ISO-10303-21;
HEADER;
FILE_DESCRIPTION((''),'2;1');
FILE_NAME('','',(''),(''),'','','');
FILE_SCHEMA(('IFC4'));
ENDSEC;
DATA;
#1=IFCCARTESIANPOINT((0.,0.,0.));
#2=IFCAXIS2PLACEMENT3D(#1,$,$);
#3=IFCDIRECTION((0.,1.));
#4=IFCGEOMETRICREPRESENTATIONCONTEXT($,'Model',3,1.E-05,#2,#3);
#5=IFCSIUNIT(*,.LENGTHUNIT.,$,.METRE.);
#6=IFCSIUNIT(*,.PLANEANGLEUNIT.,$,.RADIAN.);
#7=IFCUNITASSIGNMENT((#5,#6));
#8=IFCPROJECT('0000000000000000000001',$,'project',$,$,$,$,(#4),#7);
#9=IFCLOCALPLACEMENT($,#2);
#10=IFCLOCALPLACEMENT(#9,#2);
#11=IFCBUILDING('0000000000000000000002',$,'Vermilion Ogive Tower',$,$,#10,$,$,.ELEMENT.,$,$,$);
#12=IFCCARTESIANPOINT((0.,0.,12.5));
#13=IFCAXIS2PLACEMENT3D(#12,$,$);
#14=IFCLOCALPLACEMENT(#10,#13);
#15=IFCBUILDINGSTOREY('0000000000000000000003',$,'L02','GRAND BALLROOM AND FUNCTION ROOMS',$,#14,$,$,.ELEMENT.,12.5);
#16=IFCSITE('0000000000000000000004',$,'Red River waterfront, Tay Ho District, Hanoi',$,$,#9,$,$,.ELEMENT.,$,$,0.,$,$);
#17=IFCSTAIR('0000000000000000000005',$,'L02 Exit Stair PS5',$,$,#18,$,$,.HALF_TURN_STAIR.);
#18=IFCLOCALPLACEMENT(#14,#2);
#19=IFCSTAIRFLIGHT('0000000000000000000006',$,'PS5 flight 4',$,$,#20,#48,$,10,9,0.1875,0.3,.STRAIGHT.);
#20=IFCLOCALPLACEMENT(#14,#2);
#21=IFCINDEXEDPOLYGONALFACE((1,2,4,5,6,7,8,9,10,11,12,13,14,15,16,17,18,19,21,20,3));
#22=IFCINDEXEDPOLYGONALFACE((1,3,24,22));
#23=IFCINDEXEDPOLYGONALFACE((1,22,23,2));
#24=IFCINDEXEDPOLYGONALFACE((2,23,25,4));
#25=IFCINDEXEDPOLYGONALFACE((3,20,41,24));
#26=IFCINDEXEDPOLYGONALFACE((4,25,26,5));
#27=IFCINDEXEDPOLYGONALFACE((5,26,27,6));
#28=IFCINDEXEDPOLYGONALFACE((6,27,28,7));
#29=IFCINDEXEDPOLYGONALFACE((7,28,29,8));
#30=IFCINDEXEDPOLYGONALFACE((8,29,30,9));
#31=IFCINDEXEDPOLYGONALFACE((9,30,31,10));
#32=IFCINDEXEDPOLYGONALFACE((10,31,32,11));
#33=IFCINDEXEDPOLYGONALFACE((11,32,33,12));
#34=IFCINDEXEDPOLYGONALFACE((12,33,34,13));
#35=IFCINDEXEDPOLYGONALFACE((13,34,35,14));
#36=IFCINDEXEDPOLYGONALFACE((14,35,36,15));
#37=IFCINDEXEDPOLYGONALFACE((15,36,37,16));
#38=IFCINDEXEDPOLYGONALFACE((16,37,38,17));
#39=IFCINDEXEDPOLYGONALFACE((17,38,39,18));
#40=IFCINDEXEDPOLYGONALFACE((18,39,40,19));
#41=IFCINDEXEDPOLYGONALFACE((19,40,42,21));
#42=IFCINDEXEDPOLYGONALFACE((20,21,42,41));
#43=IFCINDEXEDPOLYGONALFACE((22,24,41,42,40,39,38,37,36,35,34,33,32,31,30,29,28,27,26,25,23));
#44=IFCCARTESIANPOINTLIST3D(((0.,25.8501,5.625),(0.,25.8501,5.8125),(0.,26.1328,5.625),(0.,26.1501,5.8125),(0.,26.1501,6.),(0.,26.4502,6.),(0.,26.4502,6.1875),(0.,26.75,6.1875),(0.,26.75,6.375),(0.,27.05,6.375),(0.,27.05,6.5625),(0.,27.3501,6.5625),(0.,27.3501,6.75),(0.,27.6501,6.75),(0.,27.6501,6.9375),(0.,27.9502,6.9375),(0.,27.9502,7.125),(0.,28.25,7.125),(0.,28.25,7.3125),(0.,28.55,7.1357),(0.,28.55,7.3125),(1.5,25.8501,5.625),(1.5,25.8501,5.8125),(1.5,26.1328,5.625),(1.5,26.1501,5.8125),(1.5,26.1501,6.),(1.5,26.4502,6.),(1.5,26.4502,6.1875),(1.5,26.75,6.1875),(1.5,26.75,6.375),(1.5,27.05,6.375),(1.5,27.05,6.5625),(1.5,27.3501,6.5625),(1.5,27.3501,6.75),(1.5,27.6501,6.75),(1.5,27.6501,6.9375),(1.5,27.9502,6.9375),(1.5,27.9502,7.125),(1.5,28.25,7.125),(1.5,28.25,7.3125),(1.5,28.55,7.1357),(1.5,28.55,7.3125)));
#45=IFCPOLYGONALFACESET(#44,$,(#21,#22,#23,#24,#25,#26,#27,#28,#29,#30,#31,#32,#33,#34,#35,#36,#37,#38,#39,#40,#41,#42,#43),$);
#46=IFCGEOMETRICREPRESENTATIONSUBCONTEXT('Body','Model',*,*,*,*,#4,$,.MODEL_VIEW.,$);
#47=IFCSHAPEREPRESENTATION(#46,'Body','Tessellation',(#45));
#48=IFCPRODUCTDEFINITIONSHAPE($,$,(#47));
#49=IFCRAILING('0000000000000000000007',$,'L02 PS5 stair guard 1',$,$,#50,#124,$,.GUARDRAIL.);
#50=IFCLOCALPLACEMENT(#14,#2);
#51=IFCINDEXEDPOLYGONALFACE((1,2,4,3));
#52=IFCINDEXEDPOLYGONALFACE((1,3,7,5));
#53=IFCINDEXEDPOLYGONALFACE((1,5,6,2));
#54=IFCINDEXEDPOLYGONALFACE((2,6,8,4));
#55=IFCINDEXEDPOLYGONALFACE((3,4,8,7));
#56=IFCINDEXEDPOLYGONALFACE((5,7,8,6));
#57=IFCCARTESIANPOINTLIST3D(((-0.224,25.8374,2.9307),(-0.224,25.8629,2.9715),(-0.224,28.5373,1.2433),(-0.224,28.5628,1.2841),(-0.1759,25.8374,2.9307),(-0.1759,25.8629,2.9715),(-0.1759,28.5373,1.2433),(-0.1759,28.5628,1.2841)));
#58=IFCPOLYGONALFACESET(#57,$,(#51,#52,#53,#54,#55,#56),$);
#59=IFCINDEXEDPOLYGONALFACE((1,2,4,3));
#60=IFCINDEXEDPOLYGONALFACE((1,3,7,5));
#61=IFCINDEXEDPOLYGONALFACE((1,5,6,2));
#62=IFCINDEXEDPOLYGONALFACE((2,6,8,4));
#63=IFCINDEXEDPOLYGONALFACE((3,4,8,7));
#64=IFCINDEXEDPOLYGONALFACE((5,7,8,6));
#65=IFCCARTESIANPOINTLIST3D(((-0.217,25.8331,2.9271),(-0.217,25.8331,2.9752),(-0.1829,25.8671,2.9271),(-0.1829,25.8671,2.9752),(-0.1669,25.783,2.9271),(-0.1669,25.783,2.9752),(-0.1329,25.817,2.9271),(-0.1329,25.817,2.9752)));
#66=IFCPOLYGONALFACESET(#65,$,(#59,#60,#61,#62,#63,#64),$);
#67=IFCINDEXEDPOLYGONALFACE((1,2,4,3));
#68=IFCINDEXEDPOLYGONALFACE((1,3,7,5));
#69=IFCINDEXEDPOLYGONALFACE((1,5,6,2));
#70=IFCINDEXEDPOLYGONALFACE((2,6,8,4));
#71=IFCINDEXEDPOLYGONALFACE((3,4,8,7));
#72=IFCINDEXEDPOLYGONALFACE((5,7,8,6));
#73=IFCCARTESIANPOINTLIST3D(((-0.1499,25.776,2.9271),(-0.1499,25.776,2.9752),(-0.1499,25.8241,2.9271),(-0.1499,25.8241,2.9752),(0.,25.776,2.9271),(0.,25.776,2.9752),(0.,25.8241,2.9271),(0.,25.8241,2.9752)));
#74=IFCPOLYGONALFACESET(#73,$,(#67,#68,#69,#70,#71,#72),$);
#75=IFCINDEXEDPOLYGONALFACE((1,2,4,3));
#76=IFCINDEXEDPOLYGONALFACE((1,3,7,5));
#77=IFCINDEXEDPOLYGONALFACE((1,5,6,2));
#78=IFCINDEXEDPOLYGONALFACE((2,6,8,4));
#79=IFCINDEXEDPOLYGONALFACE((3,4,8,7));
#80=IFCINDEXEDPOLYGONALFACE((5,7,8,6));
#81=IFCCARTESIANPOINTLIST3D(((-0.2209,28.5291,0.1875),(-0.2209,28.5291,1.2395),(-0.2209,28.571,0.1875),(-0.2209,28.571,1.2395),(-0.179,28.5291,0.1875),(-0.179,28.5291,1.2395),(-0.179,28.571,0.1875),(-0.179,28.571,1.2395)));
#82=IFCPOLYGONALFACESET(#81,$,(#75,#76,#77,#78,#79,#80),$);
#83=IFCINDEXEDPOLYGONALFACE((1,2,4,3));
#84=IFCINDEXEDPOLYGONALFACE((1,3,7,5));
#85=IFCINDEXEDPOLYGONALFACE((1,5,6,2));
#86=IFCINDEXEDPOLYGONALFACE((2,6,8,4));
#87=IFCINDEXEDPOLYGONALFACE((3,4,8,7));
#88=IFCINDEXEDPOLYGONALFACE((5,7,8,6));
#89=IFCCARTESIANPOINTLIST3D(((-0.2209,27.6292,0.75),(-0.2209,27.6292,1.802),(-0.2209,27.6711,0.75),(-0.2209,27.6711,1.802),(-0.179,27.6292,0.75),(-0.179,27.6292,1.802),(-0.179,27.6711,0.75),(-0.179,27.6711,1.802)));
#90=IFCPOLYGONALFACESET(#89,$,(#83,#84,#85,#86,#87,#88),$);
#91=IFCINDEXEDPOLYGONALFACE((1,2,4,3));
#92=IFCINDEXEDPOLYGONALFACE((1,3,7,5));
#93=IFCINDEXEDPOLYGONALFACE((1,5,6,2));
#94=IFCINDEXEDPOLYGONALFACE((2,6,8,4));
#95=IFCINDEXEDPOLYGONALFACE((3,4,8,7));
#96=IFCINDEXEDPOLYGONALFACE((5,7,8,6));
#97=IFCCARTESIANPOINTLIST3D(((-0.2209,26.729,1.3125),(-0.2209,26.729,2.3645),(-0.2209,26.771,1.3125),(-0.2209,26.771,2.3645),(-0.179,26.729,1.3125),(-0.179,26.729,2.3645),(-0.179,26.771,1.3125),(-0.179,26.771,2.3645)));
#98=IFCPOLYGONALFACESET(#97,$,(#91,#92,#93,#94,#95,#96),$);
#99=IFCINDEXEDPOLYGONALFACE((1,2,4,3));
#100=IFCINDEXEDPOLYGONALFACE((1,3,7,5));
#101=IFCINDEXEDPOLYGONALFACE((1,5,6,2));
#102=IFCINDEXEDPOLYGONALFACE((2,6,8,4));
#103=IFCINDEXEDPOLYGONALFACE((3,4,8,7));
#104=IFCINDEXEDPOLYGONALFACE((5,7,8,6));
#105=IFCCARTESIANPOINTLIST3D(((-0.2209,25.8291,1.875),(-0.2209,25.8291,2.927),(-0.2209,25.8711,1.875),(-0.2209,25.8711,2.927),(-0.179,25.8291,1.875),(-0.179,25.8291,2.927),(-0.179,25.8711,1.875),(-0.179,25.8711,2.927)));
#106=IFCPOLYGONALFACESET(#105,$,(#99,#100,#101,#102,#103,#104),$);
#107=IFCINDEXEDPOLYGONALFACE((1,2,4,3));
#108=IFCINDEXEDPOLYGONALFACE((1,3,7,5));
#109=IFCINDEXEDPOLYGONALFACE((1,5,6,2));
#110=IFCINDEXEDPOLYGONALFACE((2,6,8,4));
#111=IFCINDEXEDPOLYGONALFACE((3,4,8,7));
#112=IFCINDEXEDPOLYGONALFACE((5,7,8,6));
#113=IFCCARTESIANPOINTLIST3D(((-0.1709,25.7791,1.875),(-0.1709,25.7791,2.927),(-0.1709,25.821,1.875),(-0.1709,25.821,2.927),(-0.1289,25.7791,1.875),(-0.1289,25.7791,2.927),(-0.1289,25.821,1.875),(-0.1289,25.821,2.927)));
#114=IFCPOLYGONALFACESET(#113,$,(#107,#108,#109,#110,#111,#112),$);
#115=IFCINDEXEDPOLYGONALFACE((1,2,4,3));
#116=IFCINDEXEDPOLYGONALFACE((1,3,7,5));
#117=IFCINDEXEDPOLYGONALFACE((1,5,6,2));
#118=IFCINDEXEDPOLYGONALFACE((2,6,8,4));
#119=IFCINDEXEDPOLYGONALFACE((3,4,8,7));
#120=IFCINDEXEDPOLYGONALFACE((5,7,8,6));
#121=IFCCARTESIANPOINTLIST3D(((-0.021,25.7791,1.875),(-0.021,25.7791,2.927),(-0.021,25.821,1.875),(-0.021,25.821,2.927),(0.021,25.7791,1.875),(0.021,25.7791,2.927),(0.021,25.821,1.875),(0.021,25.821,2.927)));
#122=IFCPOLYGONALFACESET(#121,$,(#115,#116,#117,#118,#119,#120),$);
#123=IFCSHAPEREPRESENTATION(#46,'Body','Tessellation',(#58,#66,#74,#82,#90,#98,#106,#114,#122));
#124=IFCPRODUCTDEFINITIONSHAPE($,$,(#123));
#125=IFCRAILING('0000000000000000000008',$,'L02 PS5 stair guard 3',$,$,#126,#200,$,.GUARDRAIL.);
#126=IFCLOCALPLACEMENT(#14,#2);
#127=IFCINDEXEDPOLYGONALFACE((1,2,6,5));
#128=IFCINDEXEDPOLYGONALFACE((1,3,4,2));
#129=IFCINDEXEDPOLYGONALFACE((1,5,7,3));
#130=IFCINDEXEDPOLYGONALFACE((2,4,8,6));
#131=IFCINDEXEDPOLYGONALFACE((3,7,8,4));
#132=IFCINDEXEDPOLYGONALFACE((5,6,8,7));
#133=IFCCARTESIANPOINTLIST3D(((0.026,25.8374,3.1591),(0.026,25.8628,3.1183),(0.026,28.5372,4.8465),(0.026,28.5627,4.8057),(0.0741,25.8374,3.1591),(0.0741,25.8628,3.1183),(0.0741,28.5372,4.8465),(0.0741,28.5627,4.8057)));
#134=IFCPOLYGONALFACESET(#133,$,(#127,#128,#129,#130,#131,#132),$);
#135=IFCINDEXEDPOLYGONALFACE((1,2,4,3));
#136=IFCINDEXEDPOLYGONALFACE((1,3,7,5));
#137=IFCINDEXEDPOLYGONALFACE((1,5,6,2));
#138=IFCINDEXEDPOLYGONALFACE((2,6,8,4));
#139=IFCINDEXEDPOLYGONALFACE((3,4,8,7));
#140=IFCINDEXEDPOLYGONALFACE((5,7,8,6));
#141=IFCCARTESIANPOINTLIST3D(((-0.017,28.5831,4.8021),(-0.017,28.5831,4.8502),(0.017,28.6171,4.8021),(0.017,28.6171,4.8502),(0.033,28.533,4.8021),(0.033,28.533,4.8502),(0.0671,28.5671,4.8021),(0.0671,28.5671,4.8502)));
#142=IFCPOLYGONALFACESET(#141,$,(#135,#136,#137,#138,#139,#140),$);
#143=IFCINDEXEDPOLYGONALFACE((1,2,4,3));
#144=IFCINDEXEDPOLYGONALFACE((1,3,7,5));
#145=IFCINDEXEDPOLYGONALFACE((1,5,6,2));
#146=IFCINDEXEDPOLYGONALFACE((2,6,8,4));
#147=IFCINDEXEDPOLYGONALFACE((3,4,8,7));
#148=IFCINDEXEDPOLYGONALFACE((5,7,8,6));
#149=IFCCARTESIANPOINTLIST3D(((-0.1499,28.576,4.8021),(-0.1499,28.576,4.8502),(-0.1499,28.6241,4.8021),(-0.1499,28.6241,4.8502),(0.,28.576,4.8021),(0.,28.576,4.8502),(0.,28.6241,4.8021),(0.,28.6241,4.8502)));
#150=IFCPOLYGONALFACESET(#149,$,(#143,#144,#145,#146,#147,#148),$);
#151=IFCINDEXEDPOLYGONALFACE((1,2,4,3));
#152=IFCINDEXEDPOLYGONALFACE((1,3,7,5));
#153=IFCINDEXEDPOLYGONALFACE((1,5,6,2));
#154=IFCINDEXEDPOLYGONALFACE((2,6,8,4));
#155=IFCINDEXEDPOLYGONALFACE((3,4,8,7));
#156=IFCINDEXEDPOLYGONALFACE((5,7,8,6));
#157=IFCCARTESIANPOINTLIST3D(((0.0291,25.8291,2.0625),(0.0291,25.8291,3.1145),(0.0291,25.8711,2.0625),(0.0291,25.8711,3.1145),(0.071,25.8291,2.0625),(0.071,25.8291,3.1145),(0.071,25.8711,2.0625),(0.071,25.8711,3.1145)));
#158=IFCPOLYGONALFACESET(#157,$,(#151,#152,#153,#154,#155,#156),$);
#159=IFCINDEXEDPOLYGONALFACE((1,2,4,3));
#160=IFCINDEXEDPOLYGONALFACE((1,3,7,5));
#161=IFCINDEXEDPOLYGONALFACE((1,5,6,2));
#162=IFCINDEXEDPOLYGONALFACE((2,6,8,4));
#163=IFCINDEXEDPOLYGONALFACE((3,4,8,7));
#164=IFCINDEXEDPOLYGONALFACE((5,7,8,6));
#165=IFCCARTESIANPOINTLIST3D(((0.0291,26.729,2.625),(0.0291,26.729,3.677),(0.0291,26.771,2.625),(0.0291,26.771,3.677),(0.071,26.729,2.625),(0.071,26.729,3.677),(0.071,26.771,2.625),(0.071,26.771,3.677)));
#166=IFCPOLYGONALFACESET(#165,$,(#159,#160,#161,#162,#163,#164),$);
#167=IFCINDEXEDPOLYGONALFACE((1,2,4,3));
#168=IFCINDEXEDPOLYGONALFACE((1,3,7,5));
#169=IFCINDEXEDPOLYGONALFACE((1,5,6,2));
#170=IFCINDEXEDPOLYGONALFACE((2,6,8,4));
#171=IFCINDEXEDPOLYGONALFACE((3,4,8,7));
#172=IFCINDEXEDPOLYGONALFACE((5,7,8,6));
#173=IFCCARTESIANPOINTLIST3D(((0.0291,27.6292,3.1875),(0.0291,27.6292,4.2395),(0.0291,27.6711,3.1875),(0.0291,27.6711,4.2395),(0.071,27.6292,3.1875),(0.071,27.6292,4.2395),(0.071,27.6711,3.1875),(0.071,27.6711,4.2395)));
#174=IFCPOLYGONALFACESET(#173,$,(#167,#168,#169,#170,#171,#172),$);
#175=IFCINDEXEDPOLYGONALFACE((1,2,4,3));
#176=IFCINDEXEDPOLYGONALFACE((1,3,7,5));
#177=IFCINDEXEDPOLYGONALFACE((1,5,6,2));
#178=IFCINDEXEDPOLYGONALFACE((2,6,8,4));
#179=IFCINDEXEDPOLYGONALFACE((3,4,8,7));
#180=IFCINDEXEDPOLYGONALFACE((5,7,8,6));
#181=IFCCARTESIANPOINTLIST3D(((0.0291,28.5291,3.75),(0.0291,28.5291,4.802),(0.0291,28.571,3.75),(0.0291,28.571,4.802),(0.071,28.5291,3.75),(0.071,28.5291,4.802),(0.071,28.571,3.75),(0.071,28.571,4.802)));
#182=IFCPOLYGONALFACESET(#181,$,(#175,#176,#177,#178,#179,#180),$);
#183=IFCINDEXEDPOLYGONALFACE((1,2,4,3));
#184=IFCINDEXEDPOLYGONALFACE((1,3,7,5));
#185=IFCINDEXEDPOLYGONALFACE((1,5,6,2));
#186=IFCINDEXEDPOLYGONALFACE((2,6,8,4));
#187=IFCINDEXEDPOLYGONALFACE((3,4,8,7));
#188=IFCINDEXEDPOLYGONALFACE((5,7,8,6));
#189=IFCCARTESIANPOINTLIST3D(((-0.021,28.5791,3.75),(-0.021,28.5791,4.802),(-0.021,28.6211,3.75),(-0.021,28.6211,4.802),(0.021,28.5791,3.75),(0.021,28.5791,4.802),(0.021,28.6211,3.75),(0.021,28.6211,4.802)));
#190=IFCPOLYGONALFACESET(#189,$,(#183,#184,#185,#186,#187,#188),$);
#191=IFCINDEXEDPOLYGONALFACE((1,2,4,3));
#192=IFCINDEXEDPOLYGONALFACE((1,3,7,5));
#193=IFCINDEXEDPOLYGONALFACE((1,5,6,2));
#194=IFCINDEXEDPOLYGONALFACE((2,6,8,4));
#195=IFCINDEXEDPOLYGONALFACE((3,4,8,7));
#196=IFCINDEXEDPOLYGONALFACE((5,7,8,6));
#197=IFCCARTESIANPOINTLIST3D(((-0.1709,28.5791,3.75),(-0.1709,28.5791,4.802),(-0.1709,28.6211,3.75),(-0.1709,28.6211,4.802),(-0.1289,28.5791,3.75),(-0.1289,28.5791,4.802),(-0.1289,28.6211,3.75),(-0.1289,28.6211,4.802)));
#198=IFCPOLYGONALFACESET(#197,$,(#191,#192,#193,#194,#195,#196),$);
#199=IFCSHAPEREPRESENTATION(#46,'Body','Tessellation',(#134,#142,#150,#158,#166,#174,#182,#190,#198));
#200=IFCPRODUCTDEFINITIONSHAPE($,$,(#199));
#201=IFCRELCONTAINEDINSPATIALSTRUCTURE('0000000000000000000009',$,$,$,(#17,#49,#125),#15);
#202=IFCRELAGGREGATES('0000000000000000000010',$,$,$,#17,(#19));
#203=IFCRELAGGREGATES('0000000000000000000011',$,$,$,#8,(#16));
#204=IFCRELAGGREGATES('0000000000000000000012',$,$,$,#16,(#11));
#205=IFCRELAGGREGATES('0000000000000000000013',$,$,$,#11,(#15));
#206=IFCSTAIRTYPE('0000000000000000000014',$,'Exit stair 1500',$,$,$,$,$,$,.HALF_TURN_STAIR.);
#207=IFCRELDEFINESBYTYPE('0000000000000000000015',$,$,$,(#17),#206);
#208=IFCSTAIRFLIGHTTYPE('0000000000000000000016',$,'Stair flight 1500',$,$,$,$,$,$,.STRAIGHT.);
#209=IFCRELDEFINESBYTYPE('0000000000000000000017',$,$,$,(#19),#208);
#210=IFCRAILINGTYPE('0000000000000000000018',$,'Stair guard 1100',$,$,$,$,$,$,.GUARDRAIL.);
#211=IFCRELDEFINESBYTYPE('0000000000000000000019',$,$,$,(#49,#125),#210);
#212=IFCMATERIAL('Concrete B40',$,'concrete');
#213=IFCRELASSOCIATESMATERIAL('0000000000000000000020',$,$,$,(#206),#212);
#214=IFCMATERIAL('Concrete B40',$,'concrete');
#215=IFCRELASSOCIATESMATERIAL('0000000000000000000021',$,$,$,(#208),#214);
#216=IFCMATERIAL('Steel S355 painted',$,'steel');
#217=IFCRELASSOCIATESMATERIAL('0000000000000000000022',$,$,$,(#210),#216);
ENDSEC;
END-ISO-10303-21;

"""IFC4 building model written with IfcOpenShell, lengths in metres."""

from ifc_helpers import new_model, si_unit, direction, frame, origin, origin_2d, place, context, subcontext, project, spatial, polyline, rectangle, outline, extrude, material, type_object, element, aggregate, save


model = new_model("IFC4")

# Units and contexts
model_context = context("Model", 3, precision=1e-05, world=origin(), true_north=direction((0.0, 1.0)))
body_context = subcontext(model_context, "Body", "Model", "MODEL_VIEW")
ifc_project = project(units=[si_unit("LENGTHUNIT", "METRE"), si_unit("PLANEANGLEUNIT", "RADIAN")], contexts=[model_context])

# Site, building, storey
site_placement = place(None, origin())
site = spatial("IfcSite", under=ifc_project, at=site_placement, Name="Red River waterfront, Tay Ho District, Hanoi", CompositionType="ELEMENT", RefElevation=0.0)
building_placement = place(site_placement, origin())
building = spatial("IfcBuilding", under=site, at=building_placement, Name="Vermilion Ogive Tower", CompositionType="ELEMENT")
storey_placement = place(building_placement, frame((0.0, 0.0, 12.5)))
storey = spatial("IfcBuildingStorey", under=building, at=storey_placement, Name="L02", Description="GRAND BALLROOM AND FUNCTION ROOMS", CompositionType="ELEMENT", Elevation=12.5)

# Stair, stair flight
ifc_material_1 = material(Name="Concrete B40", Category="concrete")
stair_type = type_object("IfcStairType", Name="Exit stair 1500", PredefinedType="HALF_TURN_STAIR", material=ifc_material_1)
stair_placement = place(storey_placement, origin())
stair = element("IfcStair", 1, at=stair_placement, inside=storey, type_object=stair_type, Name="L02 Exit Stair PS5", PredefinedType="HALF_TURN_STAIR")
ifc_material_2 = material(Name="Concrete B40", Category="concrete")
stair_flight_type = type_object("IfcStairFlightType", Name="Stair flight 1500", PredefinedType="STRAIGHT", material=ifc_material_2)
stair_flight_1_placement = place(storey_placement, frame((0.75, 25.8501, 5.625), z_axis=(0.0, 0.0, 1.0), x_axis=(0.0, 1.0, 0.0)))
stair_flight_1 = element("IfcStairFlight", 2, at=stair_flight_1_placement, type_object=stair_flight_type, Name="PS5 flight 4", NumberOfRisers=10, NumberOfTreads=9, PredefinedType="STRAIGHT", RiserHeight=0.1875, TreadLength=0.3, context=body_context, shape_type="SweptSolid", body=[
    extrude(outline(polyline([(0.0, 0.0), (0.0, 0.1875), (0.3, 0.1875), (0.3, 0.375), (0.6001, 0.375), (0.6001, 0.5625), (0.8999, 0.5625), (0.8999, 0.75), (1.2, 0.75), (1.2, 0.9375), (1.5, 0.9375), (1.5, 1.125), (1.8, 1.125), (1.8, 1.3125), (2.1001, 1.3125), (2.1001, 1.5), (2.3999, 1.5), (2.3999, 1.6875), (2.7, 1.6875), (2.7, 1.875), (2.7, 1.5107), (0.2827, 0.0), (0.0, 0.0)])), frame((0.0, 0.75, 0.0), z_axis=(0.0, -1.0, 0.0), x_axis=(1.0, 0.0, 0.0)), (0.0, 0.0, 1.0), 1.5),
])
aggregate(stair, [stair_flight_1])

# Railings
ifc_material_3 = material(Name="Steel S355 painted", Category="steel")
railing_type_1 = type_object("IfcRailingType", Name="Stair guard 1100", PredefinedType="GUARDRAIL", material=ifc_material_3)
railing_1_placement = place(storey_placement, frame((-0.2, 28.55, 0.1875)))
element("IfcRailing", 3, at=railing_1_placement, inside=storey, type_object=railing_type_1, Name="L02 PS5 stair guard 1", PredefinedType="GUARDRAIL", context=body_context, shape_type="SweptSolid", body=[
    extrude(rectangle(XDim=0.0481, YDim=0.0481, at=origin_2d()), frame((0.0, 0.0, 1.0762), z_axis=(0.0, -0.847994, 0.530006), x_axis=(1.0, 0.0, 0.0)), (0.0, 0.0, 1.0), 3.1838),
    extrude(rectangle(XDim=0.0481, YDim=0.0481, at=origin_2d()), frame((0.0, -2.7, 2.7637), z_axis=(0.707107, -0.707107, 0.0), x_axis=(0.707107, 0.707107, 0.0)), (0.0, 0.0, 1.0), 0.0708),
    extrude(rectangle(XDim=0.0481, YDim=0.0481, at=origin_2d()), frame((0.05, -2.75, 2.7637), z_axis=(1.0, 0.0, 0.0), x_axis=(0.0, 1.0, 0.0)), (0.0, 0.0, 1.0), 0.1499),
    extrude(rectangle(XDim=0.042, YDim=0.042, at=origin_2d()), origin(), (0.0, 0.0, 1.0), 1.052),
    extrude(rectangle(XDim=0.042, YDim=0.042, at=origin_2d()), frame((0.0, -0.8999, 0.5625)), (0.0, 0.0, 1.0), 1.052),
    extrude(rectangle(XDim=0.042, YDim=0.042, at=origin_2d()), frame((0.0, -1.8, 1.125)), (0.0, 0.0, 1.0), 1.052),
    extrude(rectangle(XDim=0.042, YDim=0.042, at=origin_2d()), frame((0.0, -2.7, 1.6875)), (0.0, 0.0, 1.0), 1.052),
    extrude(rectangle(XDim=0.042, YDim=0.042, at=origin_2d()), frame((0.05, -2.75, 1.6875)), (0.0, 0.0, 1.0), 1.052),
    extrude(rectangle(XDim=0.042, YDim=0.042, at=origin_2d()), frame((0.2, -2.75, 1.6875)), (0.0, 0.0, 1.0), 1.052),
])
railing_2_placement = place(storey_placement, frame((0.05, 25.8501, 2.0625)))
element("IfcRailing", 4, at=railing_2_placement, inside=storey, type_object=railing_type_1, Name="L02 PS5 stair guard 3", PredefinedType="GUARDRAIL", context=body_context, shape_type="SweptSolid", body=[
    extrude(rectangle(XDim=0.0481, YDim=0.0481, at=origin_2d()), frame((0.0, 0.0, 1.0762), z_axis=(0.0, 0.847994, 0.530006), x_axis=(-1.0, 0.0, 0.0)), (0.0, 0.0, 1.0), 3.1838),
    extrude(rectangle(XDim=0.0481, YDim=0.0481, at=origin_2d()), frame((0.0, 2.7, 2.7637), z_axis=(-0.707107, 0.707107, 0.0), x_axis=(-0.707107, -0.707107, 0.0)), (0.0, 0.0, 1.0), 0.0708),
    extrude(rectangle(XDim=0.0481, YDim=0.0481, at=origin_2d()), frame((-0.05, 2.75, 2.7637), z_axis=(-1.0, 0.0, 0.0), x_axis=(0.0, -1.0, 0.0)), (0.0, 0.0, 1.0), 0.1499),
    extrude(rectangle(XDim=0.042, YDim=0.042, at=origin_2d()), origin(), (0.0, 0.0, 1.0), 1.052),
    extrude(rectangle(XDim=0.042, YDim=0.042, at=origin_2d()), frame((0.0, 0.8999, 0.5625)), (0.0, 0.0, 1.0), 1.052),
    extrude(rectangle(XDim=0.042, YDim=0.042, at=origin_2d()), frame((0.0, 1.8, 1.125)), (0.0, 0.0, 1.0), 1.052),
    extrude(rectangle(XDim=0.042, YDim=0.042, at=origin_2d()), frame((0.0, 2.7, 1.6875)), (0.0, 0.0, 1.0), 1.052),
    extrude(rectangle(XDim=0.042, YDim=0.042, at=origin_2d()), frame((-0.05, 2.75, 1.6875)), (0.0, 0.0, 1.0), 1.052),
    extrude(rectangle(XDim=0.042, YDim=0.042, at=origin_2d()), frame((-0.2, 2.75, 1.6875)), (0.0, 0.0, 1.0), 1.052),
])

save(model, "model.ifc")
